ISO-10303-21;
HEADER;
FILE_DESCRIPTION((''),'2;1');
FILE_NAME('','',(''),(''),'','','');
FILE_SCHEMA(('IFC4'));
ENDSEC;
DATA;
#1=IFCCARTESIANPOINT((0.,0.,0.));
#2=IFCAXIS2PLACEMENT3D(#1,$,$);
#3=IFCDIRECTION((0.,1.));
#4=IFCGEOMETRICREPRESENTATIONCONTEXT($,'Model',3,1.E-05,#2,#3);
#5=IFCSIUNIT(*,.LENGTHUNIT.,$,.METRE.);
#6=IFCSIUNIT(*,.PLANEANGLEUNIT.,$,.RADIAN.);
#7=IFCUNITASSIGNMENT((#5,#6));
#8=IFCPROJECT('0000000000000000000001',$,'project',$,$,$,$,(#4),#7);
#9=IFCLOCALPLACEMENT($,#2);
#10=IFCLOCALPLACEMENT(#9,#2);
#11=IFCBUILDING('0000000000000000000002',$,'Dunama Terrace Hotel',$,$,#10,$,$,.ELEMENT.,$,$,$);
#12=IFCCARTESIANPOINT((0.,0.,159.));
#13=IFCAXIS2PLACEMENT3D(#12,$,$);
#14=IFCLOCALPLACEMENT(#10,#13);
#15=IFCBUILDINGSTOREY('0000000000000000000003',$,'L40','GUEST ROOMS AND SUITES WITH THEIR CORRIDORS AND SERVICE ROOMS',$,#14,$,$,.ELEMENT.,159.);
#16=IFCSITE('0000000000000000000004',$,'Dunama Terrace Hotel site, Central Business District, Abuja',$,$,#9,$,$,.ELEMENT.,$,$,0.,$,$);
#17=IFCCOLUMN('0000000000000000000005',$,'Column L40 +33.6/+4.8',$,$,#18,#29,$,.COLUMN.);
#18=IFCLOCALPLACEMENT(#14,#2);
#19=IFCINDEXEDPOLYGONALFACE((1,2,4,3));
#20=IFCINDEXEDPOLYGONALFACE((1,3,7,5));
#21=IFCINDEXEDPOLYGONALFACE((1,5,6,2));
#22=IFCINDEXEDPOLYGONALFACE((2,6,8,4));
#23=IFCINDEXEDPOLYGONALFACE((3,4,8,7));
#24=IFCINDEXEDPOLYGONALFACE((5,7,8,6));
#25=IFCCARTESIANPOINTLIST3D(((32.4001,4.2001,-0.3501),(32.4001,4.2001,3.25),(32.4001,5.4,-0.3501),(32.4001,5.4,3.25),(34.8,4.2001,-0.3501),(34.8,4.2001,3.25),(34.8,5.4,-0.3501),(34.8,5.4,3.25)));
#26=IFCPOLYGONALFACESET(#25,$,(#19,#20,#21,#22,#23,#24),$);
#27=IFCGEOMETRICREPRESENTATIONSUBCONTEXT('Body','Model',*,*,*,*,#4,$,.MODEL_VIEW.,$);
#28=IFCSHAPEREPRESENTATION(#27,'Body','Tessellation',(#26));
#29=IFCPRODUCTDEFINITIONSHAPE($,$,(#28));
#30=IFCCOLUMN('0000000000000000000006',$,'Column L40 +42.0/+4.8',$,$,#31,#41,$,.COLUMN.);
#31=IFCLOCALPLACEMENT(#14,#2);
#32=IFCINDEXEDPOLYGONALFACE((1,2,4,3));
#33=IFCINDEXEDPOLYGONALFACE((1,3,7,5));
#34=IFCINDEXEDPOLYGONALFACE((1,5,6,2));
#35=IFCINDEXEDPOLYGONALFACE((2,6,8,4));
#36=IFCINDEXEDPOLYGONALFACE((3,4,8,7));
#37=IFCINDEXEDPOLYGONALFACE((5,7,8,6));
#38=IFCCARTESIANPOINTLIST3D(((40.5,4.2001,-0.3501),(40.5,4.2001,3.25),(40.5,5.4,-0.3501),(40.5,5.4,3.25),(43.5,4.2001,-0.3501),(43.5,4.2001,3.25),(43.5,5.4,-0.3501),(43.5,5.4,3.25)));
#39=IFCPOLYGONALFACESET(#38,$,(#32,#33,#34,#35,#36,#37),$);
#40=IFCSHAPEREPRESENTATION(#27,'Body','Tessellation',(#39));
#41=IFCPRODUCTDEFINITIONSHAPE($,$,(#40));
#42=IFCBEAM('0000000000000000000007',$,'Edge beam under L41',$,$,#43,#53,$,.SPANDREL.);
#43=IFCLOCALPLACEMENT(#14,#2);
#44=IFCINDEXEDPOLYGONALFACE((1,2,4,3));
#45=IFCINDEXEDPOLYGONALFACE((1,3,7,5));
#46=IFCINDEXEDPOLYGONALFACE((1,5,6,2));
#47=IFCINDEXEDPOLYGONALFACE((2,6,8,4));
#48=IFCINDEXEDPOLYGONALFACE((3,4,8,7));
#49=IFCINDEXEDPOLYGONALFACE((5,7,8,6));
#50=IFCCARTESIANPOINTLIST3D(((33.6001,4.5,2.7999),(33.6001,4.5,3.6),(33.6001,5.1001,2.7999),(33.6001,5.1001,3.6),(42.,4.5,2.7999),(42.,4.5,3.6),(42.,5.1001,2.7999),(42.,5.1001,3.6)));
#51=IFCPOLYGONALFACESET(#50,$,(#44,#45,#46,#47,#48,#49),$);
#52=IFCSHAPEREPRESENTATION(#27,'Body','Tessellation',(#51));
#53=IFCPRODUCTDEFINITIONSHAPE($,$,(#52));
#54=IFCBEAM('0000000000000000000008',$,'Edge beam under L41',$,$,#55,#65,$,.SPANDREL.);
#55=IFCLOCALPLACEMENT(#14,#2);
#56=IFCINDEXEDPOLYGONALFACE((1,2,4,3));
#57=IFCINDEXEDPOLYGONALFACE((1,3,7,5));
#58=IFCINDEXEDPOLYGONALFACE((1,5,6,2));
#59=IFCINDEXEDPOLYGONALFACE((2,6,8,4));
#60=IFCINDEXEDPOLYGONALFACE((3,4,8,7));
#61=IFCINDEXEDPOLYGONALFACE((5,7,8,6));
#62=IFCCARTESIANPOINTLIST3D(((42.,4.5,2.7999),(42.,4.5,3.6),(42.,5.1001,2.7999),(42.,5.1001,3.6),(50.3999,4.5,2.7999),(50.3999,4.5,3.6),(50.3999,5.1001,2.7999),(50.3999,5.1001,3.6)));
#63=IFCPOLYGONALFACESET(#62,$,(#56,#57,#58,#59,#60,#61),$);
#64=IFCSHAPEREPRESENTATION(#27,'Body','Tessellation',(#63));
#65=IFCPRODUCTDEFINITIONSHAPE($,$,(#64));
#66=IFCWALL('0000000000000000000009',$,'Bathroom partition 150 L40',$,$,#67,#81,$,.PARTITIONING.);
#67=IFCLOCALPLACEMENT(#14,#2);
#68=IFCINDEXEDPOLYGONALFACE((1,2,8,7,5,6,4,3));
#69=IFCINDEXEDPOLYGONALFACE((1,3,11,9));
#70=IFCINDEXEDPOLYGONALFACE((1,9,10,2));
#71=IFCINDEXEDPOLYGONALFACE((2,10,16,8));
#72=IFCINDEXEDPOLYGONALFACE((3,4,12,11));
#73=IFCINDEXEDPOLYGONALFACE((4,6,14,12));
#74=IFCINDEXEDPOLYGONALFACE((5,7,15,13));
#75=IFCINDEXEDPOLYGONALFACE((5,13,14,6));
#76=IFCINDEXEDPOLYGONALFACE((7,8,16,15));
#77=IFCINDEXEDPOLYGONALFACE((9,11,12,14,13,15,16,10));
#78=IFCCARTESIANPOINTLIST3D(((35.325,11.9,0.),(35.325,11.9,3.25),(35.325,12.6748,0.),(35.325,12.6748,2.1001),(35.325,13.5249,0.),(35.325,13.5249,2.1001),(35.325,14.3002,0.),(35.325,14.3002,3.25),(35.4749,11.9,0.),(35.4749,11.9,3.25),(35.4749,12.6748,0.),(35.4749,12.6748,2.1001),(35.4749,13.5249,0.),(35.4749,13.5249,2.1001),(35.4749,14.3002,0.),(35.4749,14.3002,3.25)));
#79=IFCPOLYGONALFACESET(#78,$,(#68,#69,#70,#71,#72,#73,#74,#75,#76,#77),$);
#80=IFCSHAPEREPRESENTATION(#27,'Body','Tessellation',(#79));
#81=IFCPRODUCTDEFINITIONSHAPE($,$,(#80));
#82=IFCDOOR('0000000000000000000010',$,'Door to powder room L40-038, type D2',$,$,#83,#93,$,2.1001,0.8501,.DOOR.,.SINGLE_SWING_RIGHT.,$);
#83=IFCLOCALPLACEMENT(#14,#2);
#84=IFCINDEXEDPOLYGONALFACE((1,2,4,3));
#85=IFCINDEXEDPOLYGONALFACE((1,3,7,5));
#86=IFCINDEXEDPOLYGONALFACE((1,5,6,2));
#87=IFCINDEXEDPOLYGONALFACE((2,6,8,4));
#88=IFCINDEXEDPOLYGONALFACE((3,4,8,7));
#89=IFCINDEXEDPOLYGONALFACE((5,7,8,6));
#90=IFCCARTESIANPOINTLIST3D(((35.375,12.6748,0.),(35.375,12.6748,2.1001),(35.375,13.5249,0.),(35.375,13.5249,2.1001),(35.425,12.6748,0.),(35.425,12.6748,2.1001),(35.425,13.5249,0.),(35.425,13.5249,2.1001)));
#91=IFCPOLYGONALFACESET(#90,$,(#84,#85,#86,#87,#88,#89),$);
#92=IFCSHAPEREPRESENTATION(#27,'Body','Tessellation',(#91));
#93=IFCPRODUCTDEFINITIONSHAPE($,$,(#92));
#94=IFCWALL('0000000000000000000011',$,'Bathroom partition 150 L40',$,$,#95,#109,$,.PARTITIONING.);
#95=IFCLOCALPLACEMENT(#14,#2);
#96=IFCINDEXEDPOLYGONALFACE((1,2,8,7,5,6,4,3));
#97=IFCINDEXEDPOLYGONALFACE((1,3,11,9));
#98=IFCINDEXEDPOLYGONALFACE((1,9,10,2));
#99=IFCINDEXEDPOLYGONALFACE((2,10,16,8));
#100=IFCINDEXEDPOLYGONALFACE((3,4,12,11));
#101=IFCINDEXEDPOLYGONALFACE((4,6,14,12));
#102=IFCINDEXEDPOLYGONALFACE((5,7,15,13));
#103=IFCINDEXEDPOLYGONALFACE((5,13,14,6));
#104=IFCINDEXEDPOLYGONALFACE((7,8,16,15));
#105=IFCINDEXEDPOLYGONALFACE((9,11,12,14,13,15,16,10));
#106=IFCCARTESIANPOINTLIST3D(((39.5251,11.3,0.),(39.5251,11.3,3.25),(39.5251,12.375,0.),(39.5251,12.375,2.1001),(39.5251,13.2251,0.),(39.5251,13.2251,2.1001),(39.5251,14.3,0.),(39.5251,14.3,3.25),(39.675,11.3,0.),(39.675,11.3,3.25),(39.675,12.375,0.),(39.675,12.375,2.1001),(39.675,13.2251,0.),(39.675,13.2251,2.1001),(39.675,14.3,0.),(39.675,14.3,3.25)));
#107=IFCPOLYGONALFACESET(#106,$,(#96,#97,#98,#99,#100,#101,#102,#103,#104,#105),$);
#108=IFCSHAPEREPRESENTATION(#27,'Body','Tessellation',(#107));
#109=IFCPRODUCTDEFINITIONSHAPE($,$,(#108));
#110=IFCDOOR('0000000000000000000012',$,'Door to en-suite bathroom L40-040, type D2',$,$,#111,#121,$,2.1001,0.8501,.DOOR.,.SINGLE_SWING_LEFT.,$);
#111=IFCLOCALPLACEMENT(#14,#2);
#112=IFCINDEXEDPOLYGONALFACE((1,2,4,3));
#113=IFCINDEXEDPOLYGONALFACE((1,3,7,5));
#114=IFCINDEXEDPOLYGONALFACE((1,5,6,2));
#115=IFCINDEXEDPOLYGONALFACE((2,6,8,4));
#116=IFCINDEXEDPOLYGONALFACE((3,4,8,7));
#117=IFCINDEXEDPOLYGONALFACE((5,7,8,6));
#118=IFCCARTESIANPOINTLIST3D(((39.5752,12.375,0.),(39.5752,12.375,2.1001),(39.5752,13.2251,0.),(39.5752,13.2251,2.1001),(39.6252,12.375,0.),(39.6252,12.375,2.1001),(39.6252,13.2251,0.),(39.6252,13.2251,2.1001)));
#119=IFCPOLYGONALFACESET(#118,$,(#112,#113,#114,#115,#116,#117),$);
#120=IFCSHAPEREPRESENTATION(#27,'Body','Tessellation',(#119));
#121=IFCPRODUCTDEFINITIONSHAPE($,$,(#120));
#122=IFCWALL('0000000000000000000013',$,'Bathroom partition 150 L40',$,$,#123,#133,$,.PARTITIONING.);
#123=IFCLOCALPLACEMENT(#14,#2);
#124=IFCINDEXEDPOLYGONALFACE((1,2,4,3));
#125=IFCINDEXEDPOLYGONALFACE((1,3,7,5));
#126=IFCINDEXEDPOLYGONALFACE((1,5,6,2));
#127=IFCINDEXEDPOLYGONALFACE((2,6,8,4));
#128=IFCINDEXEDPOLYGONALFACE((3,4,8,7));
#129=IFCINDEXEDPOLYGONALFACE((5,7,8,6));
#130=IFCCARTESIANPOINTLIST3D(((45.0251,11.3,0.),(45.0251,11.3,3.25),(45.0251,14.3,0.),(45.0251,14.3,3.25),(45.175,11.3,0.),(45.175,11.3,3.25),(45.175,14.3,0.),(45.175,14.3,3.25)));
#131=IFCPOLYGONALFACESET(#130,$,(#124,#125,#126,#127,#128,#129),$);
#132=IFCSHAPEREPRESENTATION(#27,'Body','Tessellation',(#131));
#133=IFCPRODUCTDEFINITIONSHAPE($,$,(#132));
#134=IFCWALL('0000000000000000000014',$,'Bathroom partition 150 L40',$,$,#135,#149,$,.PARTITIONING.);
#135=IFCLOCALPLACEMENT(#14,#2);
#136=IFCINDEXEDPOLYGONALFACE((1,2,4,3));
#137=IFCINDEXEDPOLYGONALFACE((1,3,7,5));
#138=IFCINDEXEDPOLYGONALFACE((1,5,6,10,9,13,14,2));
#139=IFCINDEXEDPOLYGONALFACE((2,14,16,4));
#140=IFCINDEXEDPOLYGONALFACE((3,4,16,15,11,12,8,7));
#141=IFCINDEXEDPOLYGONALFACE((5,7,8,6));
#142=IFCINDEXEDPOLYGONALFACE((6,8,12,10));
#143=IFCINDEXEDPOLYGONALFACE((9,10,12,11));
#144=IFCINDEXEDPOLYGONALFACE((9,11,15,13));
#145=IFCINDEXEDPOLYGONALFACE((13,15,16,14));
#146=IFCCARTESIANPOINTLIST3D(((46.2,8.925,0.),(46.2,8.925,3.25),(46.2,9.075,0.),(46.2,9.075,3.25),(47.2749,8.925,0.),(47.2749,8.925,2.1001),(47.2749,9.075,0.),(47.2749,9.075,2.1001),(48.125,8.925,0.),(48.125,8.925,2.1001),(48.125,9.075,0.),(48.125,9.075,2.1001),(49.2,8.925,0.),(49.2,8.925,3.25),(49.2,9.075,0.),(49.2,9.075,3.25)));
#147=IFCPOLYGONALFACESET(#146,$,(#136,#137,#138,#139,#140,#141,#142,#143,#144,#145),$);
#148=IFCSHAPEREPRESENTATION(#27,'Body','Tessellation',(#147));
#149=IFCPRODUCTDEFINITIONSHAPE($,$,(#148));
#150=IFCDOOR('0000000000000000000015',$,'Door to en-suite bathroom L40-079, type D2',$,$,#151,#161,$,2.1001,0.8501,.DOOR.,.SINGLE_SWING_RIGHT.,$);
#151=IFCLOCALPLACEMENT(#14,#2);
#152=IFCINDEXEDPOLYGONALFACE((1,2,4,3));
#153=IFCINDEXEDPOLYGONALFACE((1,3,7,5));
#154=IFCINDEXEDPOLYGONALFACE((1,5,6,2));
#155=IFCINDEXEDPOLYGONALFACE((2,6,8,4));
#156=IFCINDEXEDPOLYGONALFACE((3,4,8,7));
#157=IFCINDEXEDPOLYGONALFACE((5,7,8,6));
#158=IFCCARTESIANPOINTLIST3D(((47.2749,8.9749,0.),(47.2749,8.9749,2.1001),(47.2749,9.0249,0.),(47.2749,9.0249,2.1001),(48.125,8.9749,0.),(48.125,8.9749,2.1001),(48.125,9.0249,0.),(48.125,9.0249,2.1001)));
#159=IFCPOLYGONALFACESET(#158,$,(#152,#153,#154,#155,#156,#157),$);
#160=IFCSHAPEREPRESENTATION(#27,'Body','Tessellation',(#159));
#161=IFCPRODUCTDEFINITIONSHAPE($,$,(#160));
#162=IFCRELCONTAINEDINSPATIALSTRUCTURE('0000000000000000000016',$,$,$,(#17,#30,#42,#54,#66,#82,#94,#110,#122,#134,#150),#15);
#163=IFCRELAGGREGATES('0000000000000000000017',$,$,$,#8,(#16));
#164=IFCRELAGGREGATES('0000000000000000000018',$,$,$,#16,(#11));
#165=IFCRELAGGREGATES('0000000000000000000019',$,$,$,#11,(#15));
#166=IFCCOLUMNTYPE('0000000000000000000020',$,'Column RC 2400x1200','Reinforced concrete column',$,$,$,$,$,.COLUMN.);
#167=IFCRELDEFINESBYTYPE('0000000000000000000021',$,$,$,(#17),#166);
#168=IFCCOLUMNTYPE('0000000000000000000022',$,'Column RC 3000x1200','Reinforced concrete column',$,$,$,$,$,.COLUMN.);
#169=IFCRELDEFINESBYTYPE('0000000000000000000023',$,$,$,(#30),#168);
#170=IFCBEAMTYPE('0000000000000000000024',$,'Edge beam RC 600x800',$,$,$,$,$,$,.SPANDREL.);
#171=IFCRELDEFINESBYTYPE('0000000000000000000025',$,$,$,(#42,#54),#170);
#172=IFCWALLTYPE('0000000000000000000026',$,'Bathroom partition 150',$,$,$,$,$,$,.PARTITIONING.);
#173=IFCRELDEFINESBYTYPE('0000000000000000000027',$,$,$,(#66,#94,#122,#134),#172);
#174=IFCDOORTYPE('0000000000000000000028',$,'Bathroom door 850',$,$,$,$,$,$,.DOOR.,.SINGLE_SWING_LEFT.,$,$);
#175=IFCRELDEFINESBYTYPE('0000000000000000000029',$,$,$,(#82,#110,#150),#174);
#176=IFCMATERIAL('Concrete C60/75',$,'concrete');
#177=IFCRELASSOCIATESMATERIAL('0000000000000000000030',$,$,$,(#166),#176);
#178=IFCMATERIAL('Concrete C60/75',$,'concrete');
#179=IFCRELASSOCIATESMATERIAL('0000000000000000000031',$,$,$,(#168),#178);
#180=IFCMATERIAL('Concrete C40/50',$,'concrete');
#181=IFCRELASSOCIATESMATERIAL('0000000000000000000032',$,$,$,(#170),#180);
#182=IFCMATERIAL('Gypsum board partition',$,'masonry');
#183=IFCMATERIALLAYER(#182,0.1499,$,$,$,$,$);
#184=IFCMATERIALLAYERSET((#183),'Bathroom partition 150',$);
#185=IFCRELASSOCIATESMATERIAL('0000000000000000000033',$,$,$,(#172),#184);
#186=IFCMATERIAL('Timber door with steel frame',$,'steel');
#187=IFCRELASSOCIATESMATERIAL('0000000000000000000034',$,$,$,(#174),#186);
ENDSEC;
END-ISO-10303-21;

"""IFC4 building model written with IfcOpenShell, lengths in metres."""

from ifc_helpers import new_model, si_unit, direction, frame, frame_2d, origin, origin_2d, place, context, subcontext, project, spatial, rectangle, extrude, material, layer, layer_set, material_profile, profile_set, type_object, element, fill, save


model = new_model("IFC4")

# Units and contexts
model_context = context("Model", 3, precision=1e-05, world=origin(), true_north=direction((0.0, 1.0)))
body_context = subcontext(model_context, "Body", "Model", "MODEL_VIEW")
ifc_project = project(units=[si_unit("LENGTHUNIT", "METRE"), si_unit("PLANEANGLEUNIT", "RADIAN")], contexts=[model_context])

# Site, building, storey
site_placement = place(None, origin())
site = spatial("IfcSite", under=ifc_project, at=site_placement, Name="Dunama Terrace Hotel site, Central Business District, Abuja", CompositionType="ELEMENT", RefElevation=0.0)
building_placement = place(site_placement, origin())
building = spatial("IfcBuilding", under=site, at=building_placement, Name="Dunama Terrace Hotel", CompositionType="ELEMENT")
storey_placement = place(building_placement, frame((0.0, 0.0, 159.0)))
storey = spatial("IfcBuildingStorey", under=building, at=storey_placement, Name="L40", Description="GUEST ROOMS AND SUITES WITH THEIR CORRIDORS AND SERVICE ROOMS", CompositionType="ELEMENT", Elevation=159.0)

# Columns
ifc_material_1 = material(Name="Concrete C60/75", Category="concrete")
ifc_material_profile_1 = material_profile(ifc_material_1, rectangle(XDim=2.3999, YDim=1.2, at=origin_2d()), Name="RC 2400x1200")
ifc_profile_set_1 = profile_set([ifc_material_profile_1], Name="Concrete C60/75")
column_type_1 = type_object("IfcColumnType", Name="Column RC 2400x1200", Description="Reinforced concrete column", PredefinedType="COLUMN", material=ifc_profile_set_1)
column_1_placement = place(storey_placement, frame((33.6001, 4.8, -0.3501), z_axis=(0.0, 0.0, 1.0), x_axis=(1.0, 0.0, 0.0)))
element("IfcColumn", 1, at=column_1_placement, inside=storey, type_object=column_type_1, Name="Column L40 +33.6/+4.8", PredefinedType="COLUMN", context=body_context, shape_type="SweptSolid", body=[
    extrude(rectangle(XDim=2.3999, YDim=1.2, at=origin_2d()), origin(), (0.0, 0.0, 1.0), 3.6001),
])
ifc_material_2 = material(Name="Concrete C60/75", Category="concrete")
ifc_material_profile_2 = material_profile(ifc_material_2, rectangle(XDim=3.0, YDim=1.2, at=origin_2d()), Name="RC 3000x1200")
ifc_profile_set_2 = profile_set([ifc_material_profile_2], Name="Concrete C60/75")
column_type_2 = type_object("IfcColumnType", Name="Column RC 3000x1200", Description="Reinforced concrete column", PredefinedType="COLUMN", material=ifc_profile_set_2)
column_2_placement = place(storey_placement, frame((42.0, 4.8, -0.3501), z_axis=(0.0, 0.0, 1.0), x_axis=(1.0, 0.0, 0.0)))
element("IfcColumn", 2, at=column_2_placement, inside=storey, type_object=column_type_2, Name="Column L40 +42.0/+4.8", PredefinedType="COLUMN", context=body_context, shape_type="SweptSolid", body=[
    extrude(rectangle(XDim=3.0, YDim=1.2, at=origin_2d()), origin(), (0.0, 0.0, 1.0), 3.6001),
])

# Beams
ifc_material_3 = material(Name="Concrete C40/50", Category="concrete")
ifc_material_profile_3 = material_profile(ifc_material_3, rectangle(XDim=0.6001, YDim=0.8, at=origin_2d()), Name="RC 600x800")
ifc_profile_set_3 = profile_set([ifc_material_profile_3], Name="Concrete C40/50")
beam_type = type_object("IfcBeamType", Name="Edge beam RC 600x800", PredefinedType="SPANDREL", material=ifc_profile_set_3)
for number, where, z_axis, x_axis, name in (
    (3, (33.6001, 4.8, 3.2), (1.0, 0.0, 0.0), (0.0, 1.0, 0.0), "Edge beam under L41"),
    (4, (42.0, 4.8, 3.2), (1.0, 0.0, 0.0), (0.0, 1.0, 0.0), "Edge beam under L41"),
):
    element("IfcBeam", number, at=place(storey_placement, frame(where, z_axis=z_axis, x_axis=x_axis)), inside=storey, type_object=beam_type, Name=name, PredefinedType="SPANDREL", context=body_context, shape_type="SweptSolid", body=[
        extrude(rectangle(XDim=0.6001, YDim=0.8, at=origin_2d()), origin(), (0.0, 0.0, 1.0), 8.3999),
    ])

# Walls, openings, doors
ifc_material_4 = material(Name="Gypsum board partition", Category="masonry")
ifc_layer_1 = layer(ifc_material_4, 0.1499)
ifc_layer_set_1 = layer_set([ifc_layer_1], Name="Bathroom partition 150")
wall_type_1 = type_object("IfcWallType", Name="Bathroom partition 150", PredefinedType="PARTITIONING", material=ifc_layer_set_1)
wall_1_placement = place(storey_placement, frame((35.3999, 11.8999, 0.0), z_axis=(0.0, 0.0, 1.0), x_axis=(0.0, 1.0, 0.0)))
wall_1 = element("IfcWall", 5, at=wall_1_placement, inside=storey, type_object=wall_type_1, Name="Bathroom partition 150 L40", PredefinedType="PARTITIONING", context=body_context, shape_type="SweptSolid", body=[
    extrude(rectangle(XDim=2.4001, YDim=0.1499, at=frame_2d((1.2002, 0.0))), origin(), (0.0, 0.0, 1.0), 3.25),
])
opening_1_placement = place(wall_1_placement, frame((0.7749, 0.0, 0.0)))
opening_1 = element("IfcOpeningElement", 6, at=opening_1_placement, cuts=wall_1, PredefinedType="OPENING", context=body_context, shape_type="SweptSolid", body=[
    extrude(rectangle(XDim=0.8501, YDim=2.1001, at=frame_2d((0.425, 1.05))), frame((0.0, 0.085, 0.0), z_axis=(0.0, -1.0, 0.0), x_axis=(1.0, 0.0, 0.0)), (0.0, 0.0, 1.0), 0.1699),
])
ifc_material_5 = material(Name="Timber door with steel frame", Category="steel")
door_type_1 = type_object("IfcDoorType", Name="Bathroom door 850", OperationType="SINGLE_SWING_LEFT", PredefinedType="DOOR", material=ifc_material_5)
door_1_placement = place(opening_1_placement, origin())
door_1 = element("IfcDoor", 7, at=door_1_placement, inside=storey, type_object=door_type_1, Name="Door to powder room L40-038, type D2", OperationType="SINGLE_SWING_RIGHT", OverallHeight=2.1001, OverallWidth=0.8501, PredefinedType="DOOR", context=body_context, shape_type="SweptSolid", body=[
    extrude(rectangle(XDim=0.8501, YDim=2.1001, at=frame_2d((0.425, 1.05))), frame((0.0, 0.0249, 0.0), z_axis=(0.0, -1.0, 0.0), x_axis=(1.0, 0.0, 0.0)), (0.0, 0.0, 1.0), 0.05),
])
fill(opening_1, door_1)
wall_2_placement = place(storey_placement, frame((39.6001, 11.3, 0.0), z_axis=(0.0, 0.0, 1.0), x_axis=(0.0, 1.0, 0.0)))
wall_2 = element("IfcWall", 8, at=wall_2_placement, inside=storey, type_object=wall_type_1, Name="Bathroom partition 150 L40", PredefinedType="PARTITIONING", context=body_context, shape_type="SweptSolid", body=[
    extrude(rectangle(XDim=3.0, YDim=0.1499, at=frame_2d((1.5, 0.0))), origin(), (0.0, 0.0, 1.0), 3.25),
])
opening_2_placement = place(wall_2_placement, frame((1.075, 0.0, 0.0)))
opening_2 = element("IfcOpeningElement", 9, at=opening_2_placement, cuts=wall_2, PredefinedType="OPENING", context=body_context, shape_type="SweptSolid", body=[
    extrude(rectangle(XDim=0.8501, YDim=2.1001, at=frame_2d((0.425, 1.05))), frame((0.0, 0.085, 0.0), z_axis=(0.0, -1.0, 0.0), x_axis=(1.0, 0.0, 0.0)), (0.0, 0.0, 1.0), 0.1699),
])
door_2_placement = place(opening_2_placement, frame((0.8501, 0.0, 0.0), z_axis=(0.0, 0.0, 1.0), x_axis=(-1.0, 0.0, 0.0)))
door_2 = element("IfcDoor", 10, at=door_2_placement, inside=storey, type_object=door_type_1, Name="Door to en-suite bathroom L40-040, type D2", OperationType="SINGLE_SWING_LEFT", OverallHeight=2.1001, OverallWidth=0.8501, PredefinedType="DOOR", context=body_context, shape_type="SweptSolid", body=[
    extrude(rectangle(XDim=0.8501, YDim=2.1001, at=frame_2d((0.425, 1.05))), frame((0.0, 0.0251, 0.0), z_axis=(0.0, -1.0, 0.0), x_axis=(1.0, 0.0, 0.0)), (0.0, 0.0, 1.0), 0.05),
])
fill(opening_2, door_2)

# Wall
wall_3_placement = place(storey_placement, frame((45.1001, 11.3, 0.0), z_axis=(0.0, 0.0, 1.0), x_axis=(0.0, 1.0, 0.0)))
element("IfcWall", 11, at=wall_3_placement, inside=storey, type_object=wall_type_1, Name="Bathroom partition 150 L40", PredefinedType="PARTITIONING", context=body_context, shape_type="SweptSolid", body=[
    extrude(rectangle(XDim=3.0, YDim=0.1499, at=frame_2d((1.5, 0.0))), origin(), (0.0, 0.0, 1.0), 3.25),
])

# Wall, opening, door
wall_4_placement = place(storey_placement, frame((46.2, 9.0, 0.0), z_axis=(0.0, 0.0, 1.0), x_axis=(1.0, 0.0, 0.0)))
wall_4 = element("IfcWall", 12, at=wall_4_placement, inside=storey, type_object=wall_type_1, Name="Bathroom partition 150 L40", PredefinedType="PARTITIONING", context=body_context, shape_type="SweptSolid", body=[
    extrude(rectangle(XDim=3.0, YDim=0.1499, at=frame_2d((1.5, 0.0))), origin(), (0.0, 0.0, 1.0), 3.25),
])
opening_3_placement = place(wall_4_placement, frame((1.075, 0.0, 0.0)))
opening_3 = element("IfcOpeningElement", 13, at=opening_3_placement, cuts=wall_4, PredefinedType="OPENING", context=body_context, shape_type="SweptSolid", body=[
    extrude(rectangle(XDim=0.8501, YDim=2.1001, at=frame_2d((0.425, 1.05))), frame((0.0, 0.085, 0.0), z_axis=(0.0, -1.0, 0.0), x_axis=(1.0, 0.0, 0.0)), (0.0, 0.0, 1.0), 0.1699),
])
door_3_placement = place(opening_3_placement, origin())
door_3 = element("IfcDoor", 14, at=door_3_placement, inside=storey, type_object=door_type_1, Name="Door to en-suite bathroom L40-079, type D2", OperationType="SINGLE_SWING_RIGHT", OverallHeight=2.1001, OverallWidth=0.8501, PredefinedType="DOOR", context=body_context, shape_type="SweptSolid", body=[
    extrude(rectangle(XDim=0.8501, YDim=2.1001, at=frame_2d((0.425, 1.05))), frame((0.0, 0.0249, 0.0), z_axis=(0.0, -1.0, 0.0), x_axis=(1.0, 0.0, 0.0)), (0.0, 0.0, 1.0), 0.05),
])
fill(opening_3, door_3)

save(model, "model.ifc")
